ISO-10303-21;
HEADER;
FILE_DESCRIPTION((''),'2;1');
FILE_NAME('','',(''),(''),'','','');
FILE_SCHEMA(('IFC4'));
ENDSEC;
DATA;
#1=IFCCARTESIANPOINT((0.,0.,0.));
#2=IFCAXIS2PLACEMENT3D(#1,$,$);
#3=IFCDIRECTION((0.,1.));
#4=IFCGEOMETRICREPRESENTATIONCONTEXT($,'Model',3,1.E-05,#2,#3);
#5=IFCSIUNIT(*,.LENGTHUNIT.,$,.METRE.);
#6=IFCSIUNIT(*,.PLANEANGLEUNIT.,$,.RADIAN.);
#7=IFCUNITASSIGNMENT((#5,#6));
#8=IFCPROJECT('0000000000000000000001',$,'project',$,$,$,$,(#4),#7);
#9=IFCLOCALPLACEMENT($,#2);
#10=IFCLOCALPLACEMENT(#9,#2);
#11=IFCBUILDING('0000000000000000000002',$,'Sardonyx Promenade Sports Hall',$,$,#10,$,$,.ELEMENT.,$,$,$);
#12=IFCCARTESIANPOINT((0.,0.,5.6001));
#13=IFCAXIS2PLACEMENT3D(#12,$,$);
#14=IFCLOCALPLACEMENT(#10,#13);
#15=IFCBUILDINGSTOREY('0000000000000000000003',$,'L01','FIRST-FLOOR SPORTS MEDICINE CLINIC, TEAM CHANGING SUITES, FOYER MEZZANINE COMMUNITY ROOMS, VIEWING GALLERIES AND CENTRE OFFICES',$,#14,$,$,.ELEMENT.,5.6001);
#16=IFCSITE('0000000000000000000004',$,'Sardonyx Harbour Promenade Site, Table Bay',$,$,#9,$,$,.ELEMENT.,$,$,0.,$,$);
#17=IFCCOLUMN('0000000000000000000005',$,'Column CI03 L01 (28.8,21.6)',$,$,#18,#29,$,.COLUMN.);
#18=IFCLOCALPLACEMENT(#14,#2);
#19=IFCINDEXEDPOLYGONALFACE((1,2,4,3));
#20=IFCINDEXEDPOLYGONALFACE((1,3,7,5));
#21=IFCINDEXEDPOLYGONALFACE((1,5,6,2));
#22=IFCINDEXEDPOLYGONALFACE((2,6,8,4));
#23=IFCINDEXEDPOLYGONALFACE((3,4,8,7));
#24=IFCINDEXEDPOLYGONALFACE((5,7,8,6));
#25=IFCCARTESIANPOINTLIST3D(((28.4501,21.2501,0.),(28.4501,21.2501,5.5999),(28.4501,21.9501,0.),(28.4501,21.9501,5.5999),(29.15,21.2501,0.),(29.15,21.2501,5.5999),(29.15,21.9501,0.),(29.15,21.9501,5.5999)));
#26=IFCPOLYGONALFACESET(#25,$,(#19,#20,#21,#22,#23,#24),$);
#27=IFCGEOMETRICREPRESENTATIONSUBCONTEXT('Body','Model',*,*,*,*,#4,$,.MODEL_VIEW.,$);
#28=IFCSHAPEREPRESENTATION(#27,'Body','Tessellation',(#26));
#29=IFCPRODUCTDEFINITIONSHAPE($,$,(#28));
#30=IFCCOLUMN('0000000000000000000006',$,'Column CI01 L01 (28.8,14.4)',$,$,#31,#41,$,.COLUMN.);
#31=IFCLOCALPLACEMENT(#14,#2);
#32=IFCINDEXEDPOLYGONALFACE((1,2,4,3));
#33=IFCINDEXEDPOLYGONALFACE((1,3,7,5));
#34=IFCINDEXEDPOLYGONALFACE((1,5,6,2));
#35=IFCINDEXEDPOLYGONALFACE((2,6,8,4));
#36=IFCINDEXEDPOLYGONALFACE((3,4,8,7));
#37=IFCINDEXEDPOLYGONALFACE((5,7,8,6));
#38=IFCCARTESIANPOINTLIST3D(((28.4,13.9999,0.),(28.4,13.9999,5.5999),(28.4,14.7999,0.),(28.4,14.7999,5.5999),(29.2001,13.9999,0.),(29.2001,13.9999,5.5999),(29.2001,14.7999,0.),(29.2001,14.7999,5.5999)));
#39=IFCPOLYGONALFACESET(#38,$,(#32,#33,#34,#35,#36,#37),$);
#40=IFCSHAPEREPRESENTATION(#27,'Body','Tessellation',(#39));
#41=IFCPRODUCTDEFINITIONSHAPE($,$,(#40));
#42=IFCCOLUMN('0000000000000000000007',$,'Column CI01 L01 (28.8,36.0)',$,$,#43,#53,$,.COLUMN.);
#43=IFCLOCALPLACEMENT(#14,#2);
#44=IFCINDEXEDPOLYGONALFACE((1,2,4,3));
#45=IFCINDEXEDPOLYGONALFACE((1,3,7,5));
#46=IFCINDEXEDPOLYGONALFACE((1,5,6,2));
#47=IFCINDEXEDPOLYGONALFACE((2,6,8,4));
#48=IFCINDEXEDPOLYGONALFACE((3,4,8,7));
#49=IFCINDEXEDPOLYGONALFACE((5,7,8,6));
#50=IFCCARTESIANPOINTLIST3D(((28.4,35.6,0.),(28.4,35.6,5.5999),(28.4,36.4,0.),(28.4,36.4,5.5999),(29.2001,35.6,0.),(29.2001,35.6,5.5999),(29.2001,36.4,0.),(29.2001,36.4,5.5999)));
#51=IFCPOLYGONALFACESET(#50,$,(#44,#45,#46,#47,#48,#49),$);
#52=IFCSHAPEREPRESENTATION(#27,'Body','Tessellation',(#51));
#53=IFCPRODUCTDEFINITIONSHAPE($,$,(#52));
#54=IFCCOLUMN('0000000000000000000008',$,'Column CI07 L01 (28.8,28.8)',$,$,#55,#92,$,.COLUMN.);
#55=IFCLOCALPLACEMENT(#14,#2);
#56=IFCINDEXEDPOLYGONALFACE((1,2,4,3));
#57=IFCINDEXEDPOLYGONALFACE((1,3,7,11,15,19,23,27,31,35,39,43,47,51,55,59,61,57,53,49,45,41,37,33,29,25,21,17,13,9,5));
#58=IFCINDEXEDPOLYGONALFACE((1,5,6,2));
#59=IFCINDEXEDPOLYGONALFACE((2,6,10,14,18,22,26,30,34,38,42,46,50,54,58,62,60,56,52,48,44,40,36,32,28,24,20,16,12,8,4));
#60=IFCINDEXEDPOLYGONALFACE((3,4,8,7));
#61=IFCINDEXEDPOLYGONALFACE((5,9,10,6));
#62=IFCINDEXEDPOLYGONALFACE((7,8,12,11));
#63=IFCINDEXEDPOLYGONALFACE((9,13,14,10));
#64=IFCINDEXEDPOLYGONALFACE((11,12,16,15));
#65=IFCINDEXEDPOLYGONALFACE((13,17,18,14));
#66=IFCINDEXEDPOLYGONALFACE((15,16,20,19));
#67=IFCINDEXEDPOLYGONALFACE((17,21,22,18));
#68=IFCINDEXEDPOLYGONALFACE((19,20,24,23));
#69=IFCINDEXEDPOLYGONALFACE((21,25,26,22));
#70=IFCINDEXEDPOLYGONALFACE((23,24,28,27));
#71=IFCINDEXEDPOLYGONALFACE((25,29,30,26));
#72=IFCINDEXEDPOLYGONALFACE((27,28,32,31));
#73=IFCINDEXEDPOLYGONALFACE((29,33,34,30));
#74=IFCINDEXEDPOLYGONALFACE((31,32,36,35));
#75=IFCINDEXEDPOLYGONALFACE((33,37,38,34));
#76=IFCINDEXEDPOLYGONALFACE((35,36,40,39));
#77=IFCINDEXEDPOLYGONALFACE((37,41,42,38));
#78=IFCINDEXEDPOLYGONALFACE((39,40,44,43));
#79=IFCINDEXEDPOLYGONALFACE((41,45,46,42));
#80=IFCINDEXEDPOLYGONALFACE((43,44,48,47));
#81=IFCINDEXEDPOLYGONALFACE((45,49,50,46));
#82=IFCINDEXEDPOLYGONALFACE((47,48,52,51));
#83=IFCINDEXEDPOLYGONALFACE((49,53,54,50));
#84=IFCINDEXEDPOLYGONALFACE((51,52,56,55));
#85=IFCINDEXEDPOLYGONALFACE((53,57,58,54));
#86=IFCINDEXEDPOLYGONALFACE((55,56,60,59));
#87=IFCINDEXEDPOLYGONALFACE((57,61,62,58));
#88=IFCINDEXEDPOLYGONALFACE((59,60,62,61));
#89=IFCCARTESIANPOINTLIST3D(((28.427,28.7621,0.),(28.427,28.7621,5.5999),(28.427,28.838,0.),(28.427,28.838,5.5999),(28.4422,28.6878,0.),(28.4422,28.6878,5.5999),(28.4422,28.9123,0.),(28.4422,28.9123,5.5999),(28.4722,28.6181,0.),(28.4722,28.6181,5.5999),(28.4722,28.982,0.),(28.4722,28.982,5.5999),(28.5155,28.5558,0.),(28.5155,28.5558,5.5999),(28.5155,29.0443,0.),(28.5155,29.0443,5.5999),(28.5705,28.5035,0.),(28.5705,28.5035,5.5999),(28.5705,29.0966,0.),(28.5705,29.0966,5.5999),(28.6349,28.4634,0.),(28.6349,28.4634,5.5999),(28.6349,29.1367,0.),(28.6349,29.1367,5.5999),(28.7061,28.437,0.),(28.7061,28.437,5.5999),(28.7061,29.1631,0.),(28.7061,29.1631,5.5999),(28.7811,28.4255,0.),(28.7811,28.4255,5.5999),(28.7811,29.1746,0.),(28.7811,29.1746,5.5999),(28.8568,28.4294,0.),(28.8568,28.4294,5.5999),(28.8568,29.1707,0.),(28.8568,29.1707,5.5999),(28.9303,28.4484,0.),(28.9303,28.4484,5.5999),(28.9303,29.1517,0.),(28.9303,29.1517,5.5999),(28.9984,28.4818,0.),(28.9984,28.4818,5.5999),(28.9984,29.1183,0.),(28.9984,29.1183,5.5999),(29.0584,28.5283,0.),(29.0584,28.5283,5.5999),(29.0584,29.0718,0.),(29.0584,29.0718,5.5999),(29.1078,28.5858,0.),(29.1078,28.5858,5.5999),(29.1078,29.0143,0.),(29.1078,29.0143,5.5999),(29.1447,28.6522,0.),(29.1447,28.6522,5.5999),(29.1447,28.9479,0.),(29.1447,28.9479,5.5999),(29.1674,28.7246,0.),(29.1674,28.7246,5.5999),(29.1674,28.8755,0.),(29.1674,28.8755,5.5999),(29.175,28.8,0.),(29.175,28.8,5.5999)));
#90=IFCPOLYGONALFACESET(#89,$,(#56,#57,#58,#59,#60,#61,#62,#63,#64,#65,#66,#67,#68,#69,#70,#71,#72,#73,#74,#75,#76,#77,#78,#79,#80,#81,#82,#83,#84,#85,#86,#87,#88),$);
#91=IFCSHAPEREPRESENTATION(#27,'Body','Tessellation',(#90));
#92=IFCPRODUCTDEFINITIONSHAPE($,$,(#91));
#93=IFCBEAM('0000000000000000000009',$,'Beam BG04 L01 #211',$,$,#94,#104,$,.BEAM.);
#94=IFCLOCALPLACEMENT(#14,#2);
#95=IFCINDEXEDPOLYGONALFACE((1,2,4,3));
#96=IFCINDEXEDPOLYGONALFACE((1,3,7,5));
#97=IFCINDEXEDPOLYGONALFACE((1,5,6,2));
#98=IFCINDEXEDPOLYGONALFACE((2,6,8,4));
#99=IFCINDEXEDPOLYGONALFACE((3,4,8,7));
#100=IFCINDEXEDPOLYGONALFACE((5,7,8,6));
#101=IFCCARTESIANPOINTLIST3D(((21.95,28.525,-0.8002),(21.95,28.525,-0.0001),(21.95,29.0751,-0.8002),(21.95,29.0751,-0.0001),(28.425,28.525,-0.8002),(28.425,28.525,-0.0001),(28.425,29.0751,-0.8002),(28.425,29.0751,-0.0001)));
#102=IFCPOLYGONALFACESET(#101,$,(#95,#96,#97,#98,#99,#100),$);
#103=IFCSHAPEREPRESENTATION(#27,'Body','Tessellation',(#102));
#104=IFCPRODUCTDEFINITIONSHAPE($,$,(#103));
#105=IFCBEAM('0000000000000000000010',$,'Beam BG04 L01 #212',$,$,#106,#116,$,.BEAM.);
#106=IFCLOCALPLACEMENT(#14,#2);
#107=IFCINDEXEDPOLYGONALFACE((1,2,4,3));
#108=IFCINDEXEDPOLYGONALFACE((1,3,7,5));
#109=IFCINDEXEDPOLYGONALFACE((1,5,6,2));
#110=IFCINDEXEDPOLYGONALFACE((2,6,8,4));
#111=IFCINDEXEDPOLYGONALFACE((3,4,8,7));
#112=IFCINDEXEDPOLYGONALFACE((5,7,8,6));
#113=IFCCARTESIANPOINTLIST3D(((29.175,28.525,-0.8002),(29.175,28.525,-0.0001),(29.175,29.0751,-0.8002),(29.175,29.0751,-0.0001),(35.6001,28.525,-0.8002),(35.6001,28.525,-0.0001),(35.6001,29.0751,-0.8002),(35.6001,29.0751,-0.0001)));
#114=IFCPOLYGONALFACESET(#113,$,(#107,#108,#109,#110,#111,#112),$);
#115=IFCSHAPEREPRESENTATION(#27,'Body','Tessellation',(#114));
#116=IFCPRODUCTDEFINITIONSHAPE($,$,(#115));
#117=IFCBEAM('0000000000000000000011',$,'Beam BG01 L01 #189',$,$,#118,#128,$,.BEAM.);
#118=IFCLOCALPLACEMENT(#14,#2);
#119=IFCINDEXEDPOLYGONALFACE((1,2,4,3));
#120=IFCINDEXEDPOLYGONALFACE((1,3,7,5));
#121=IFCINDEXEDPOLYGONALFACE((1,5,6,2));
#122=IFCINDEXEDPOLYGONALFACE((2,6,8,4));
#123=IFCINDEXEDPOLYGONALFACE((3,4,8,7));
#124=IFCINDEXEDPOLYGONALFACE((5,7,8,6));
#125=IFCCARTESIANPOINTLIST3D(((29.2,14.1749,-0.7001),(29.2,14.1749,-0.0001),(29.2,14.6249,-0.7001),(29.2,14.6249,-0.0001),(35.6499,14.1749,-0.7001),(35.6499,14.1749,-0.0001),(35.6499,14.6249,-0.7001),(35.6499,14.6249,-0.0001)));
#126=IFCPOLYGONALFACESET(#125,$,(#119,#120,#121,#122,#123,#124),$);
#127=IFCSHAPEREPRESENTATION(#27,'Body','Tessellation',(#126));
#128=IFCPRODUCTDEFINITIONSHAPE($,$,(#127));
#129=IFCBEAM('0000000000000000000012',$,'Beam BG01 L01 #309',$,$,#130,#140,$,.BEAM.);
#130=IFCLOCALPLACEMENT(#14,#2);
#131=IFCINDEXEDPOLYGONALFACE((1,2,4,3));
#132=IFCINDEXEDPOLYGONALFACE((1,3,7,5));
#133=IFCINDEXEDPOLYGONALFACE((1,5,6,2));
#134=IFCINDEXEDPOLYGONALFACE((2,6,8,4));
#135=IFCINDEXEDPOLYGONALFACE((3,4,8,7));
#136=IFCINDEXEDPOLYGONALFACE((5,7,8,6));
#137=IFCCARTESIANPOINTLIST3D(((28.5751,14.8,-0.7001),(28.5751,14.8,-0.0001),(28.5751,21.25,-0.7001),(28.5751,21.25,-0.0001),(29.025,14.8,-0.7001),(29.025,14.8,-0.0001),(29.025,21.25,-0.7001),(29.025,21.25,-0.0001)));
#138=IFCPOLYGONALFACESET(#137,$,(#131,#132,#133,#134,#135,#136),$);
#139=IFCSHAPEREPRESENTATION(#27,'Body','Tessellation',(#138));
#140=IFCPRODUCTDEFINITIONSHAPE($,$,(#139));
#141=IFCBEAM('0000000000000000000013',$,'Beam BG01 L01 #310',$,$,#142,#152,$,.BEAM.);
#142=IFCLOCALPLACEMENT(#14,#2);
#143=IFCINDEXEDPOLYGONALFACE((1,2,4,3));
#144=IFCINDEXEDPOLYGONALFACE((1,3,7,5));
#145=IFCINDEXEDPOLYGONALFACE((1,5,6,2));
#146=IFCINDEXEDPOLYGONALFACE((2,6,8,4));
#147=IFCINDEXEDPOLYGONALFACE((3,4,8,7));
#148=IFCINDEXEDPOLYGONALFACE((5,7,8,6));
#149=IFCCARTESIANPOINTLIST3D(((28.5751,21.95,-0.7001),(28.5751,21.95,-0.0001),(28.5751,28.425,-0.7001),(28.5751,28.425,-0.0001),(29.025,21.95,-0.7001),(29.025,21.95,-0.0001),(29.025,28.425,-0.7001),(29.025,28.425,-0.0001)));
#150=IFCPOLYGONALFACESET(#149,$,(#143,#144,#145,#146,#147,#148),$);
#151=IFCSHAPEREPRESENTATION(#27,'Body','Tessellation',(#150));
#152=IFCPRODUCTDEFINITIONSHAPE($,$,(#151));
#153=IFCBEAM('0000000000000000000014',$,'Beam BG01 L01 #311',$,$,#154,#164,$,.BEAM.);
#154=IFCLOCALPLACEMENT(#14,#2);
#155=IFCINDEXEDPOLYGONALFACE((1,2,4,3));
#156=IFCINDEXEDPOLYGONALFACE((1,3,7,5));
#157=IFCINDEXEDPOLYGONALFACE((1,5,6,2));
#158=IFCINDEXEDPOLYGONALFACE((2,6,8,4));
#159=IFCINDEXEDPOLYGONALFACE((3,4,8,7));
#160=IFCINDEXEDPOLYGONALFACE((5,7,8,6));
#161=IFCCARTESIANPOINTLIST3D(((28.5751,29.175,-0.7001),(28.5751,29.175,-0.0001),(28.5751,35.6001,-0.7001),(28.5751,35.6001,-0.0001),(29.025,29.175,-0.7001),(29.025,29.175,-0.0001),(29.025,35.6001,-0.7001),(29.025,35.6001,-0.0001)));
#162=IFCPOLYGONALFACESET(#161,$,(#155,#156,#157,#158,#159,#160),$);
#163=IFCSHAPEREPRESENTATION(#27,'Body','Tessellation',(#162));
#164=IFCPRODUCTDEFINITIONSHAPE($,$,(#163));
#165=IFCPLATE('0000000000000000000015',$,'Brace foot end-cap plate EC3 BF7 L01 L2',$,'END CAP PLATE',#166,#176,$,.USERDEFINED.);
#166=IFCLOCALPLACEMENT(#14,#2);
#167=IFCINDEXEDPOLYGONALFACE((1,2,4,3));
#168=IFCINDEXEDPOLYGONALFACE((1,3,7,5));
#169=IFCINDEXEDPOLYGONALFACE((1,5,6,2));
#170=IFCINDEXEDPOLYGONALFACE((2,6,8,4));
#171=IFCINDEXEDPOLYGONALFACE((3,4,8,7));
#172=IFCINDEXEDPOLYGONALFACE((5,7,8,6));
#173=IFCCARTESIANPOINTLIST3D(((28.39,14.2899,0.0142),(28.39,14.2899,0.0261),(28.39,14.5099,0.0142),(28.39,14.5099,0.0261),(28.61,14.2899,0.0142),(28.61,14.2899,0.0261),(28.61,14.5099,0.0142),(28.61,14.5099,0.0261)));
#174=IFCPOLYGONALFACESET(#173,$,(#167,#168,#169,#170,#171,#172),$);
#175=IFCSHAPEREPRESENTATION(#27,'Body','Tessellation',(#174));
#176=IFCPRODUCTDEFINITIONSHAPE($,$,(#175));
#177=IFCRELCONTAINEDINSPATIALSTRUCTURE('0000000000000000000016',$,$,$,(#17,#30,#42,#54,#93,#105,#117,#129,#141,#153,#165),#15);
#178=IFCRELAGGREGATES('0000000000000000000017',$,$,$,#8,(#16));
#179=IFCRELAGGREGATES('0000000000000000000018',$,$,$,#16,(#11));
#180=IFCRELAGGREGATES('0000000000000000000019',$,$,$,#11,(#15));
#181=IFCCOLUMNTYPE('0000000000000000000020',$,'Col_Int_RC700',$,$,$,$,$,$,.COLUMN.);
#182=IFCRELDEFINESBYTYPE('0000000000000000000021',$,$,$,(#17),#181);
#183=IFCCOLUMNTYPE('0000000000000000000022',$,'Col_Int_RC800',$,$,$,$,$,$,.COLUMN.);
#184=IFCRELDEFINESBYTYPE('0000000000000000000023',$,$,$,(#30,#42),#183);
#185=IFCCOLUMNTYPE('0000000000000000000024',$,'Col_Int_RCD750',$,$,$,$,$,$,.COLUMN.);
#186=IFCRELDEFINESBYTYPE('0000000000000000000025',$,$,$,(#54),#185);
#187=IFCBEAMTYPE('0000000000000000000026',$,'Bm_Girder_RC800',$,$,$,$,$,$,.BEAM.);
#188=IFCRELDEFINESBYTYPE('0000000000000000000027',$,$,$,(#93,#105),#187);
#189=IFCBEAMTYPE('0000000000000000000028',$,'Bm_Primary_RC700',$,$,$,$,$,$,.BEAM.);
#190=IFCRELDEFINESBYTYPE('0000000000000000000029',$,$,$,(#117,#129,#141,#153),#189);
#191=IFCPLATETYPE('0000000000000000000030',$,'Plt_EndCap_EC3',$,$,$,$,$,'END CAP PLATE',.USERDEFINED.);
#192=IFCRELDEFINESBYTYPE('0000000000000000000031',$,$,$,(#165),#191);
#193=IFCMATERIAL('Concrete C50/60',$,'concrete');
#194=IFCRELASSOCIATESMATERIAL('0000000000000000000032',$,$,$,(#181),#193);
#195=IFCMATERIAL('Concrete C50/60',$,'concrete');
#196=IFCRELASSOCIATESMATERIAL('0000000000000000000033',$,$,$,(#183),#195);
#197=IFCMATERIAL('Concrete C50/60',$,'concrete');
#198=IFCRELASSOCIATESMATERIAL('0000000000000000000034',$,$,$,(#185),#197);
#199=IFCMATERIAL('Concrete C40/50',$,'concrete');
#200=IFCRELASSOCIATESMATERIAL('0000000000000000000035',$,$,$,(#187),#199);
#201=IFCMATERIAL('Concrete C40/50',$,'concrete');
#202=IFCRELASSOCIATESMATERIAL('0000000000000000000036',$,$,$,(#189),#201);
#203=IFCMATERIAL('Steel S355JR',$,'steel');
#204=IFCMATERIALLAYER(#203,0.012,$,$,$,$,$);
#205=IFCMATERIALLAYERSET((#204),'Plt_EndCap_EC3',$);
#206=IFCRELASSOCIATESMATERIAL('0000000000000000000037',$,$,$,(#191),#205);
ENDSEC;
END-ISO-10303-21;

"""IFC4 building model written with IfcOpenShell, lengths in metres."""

from ifc_helpers import new_model, si_unit, direction, frame, origin, origin_2d, place, context, subcontext, project, spatial, rectangle, circle, extrude, material, layer, layer_set, material_profile, profile_set, type_object, element, save


model = new_model("IFC4")

# Units and contexts
model_context = context("Model", 3, precision=1e-05, world=origin(), true_north=direction((0.0, 1.0)))
body_context = subcontext(model_context, "Body", "Model", "MODEL_VIEW")
ifc_project = project(units=[si_unit("LENGTHUNIT", "METRE"), si_unit("PLANEANGLEUNIT", "RADIAN")], contexts=[model_context])

# Site, building, storey
site_placement = place(None, origin())
site = spatial("IfcSite", under=ifc_project, at=site_placement, Name="Sardonyx Harbour Promenade Site, Table Bay", CompositionType="ELEMENT", RefElevation=0.0)
building_placement = place(site_placement, origin())
building = spatial("IfcBuilding", under=site, at=building_placement, Name="Sardonyx Promenade Sports Hall", CompositionType="ELEMENT")
storey_placement = place(building_placement, frame((0.0, 0.0, 5.6001)))
storey = spatial("IfcBuildingStorey", under=building, at=storey_placement, Name="L01", Description="FIRST-FLOOR SPORTS MEDICINE CLINIC, TEAM CHANGING SUITES, FOYER MEZZANINE COMMUNITY ROOMS, VIEWING GALLERIES AND CENTRE OFFICES", CompositionType="ELEMENT", Elevation=5.6001)

# Columns
ifc_material_1 = material(Name="Concrete C50/60", Category="concrete")
ifc_material_profile_1 = material_profile(ifc_material_1, rectangle(XDim=0.7, YDim=0.7, at=origin_2d()))
ifc_profile_set_1 = profile_set([ifc_material_profile_1], Name="Concrete C50/60")
column_type_1 = type_object("IfcColumnType", Name="Col_Int_RC700", PredefinedType="COLUMN", material=ifc_profile_set_1)
column_1_placement = place(storey_placement, frame((28.8, 21.6001, 0.0), z_axis=(0.0, 0.0, 1.0), x_axis=(1.0, 0.0, 0.0)))
element("IfcColumn", 1, at=column_1_placement, inside=storey, type_object=column_type_1, Name="Column CI03 L01 (28.8,21.6)", PredefinedType="COLUMN", context=body_context, shape_type="SweptSolid", body=[
    extrude(rectangle(XDim=0.7, YDim=0.7, at=origin_2d()), origin(), (0.0, 0.0, 1.0), 5.5999),
])
ifc_material_2 = material(Name="Concrete C50/60", Category="concrete")
ifc_material_profile_2 = material_profile(ifc_material_2, rectangle(XDim=0.8, YDim=0.8, at=origin_2d()))
ifc_profile_set_2 = profile_set([ifc_material_profile_2], Name="Concrete C50/60")
column_type_2 = type_object("IfcColumnType", Name="Col_Int_RC800", PredefinedType="COLUMN", material=ifc_profile_set_2)
for number, where, z_axis, x_axis, name in (
    (2, (28.8, 14.3999, 0.0), (0.0, 0.0, 1.0), (1.0, 0.0, 0.0), "Column CI01 L01 (28.8,14.4)"),
    (3, (28.8, 36.0, 0.0), (0.0, 0.0, 1.0), (1.0, 0.0, 0.0), "Column CI01 L01 (28.8,36.0)"),
):
    element("IfcColumn", number, at=place(storey_placement, frame(where, z_axis=z_axis, x_axis=x_axis)), inside=storey, type_object=column_type_2, Name=name, PredefinedType="COLUMN", context=body_context, shape_type="SweptSolid", body=[
        extrude(rectangle(XDim=0.8, YDim=0.8, at=origin_2d()), origin(), (0.0, 0.0, 1.0), 5.5999),
    ])
ifc_material_3 = material(Name="Concrete C50/60", Category="concrete")
ifc_material_profile_3 = material_profile(ifc_material_3, circle(Radius=0.375, at=origin_2d()))
ifc_profile_set_3 = profile_set([ifc_material_profile_3], Name="Concrete C50/60")
column_type_3 = type_object("IfcColumnType", Name="Col_Int_RCD750", PredefinedType="COLUMN", material=ifc_profile_set_3)
column_2_placement = place(storey_placement, frame((28.8, 28.8, 0.0), z_axis=(0.0, 0.0, 1.0), x_axis=(1.0, 0.0, 0.0)))
element("IfcColumn", 4, at=column_2_placement, inside=storey, type_object=column_type_3, Name="Column CI07 L01 (28.8,28.8)", PredefinedType="COLUMN", context=body_context, shape_type="SweptSolid", body=[
    extrude(circle(Radius=0.375, at=origin_2d()), origin(), (0.0, 0.0, 1.0), 5.5999),
])

# Beams
ifc_material_4 = material(Name="Concrete C40/50", Category="concrete")
ifc_material_profile_4 = material_profile(ifc_material_4, rectangle(XDim=0.55, YDim=0.8, at=origin_2d()))
ifc_profile_set_4 = profile_set([ifc_material_profile_4], Name="Concrete C40/50")
beam_type_1 = type_object("IfcBeamType", Name="Bm_Girder_RC800", PredefinedType="BEAM", material=ifc_profile_set_4)
beam_1_placement = place(storey_placement, frame((21.95, 28.8, -0.4001), z_axis=(1.0, 0.0, 0.0), x_axis=(0.0, 1.0, 0.0)))
element("IfcBeam", 5, at=beam_1_placement, inside=storey, type_object=beam_type_1, Name="Beam BG04 L01 #211", PredefinedType="BEAM", context=body_context, shape_type="SweptSolid", body=[
    extrude(rectangle(XDim=0.55, YDim=0.8, at=origin_2d()), origin(), (0.0, 0.0, 1.0), 6.4751),
])
beam_2_placement = place(storey_placement, frame((29.175, 28.8, -0.4001), z_axis=(1.0, 0.0, 0.0), x_axis=(0.0, 1.0, 0.0)))
element("IfcBeam", 6, at=beam_2_placement, inside=storey, type_object=beam_type_1, Name="Beam BG04 L01 #212", PredefinedType="BEAM", context=body_context, shape_type="SweptSolid", body=[
    extrude(rectangle(XDim=0.55, YDim=0.8, at=origin_2d()), origin(), (0.0, 0.0, 1.0), 6.425),
])
ifc_material_5 = material(Name="Concrete C40/50", Category="concrete")
ifc_material_profile_5 = material_profile(ifc_material_5, rectangle(XDim=0.45, YDim=0.7, at=origin_2d()))
ifc_profile_set_5 = profile_set([ifc_material_profile_5], Name="Concrete C40/50")
beam_type_2 = type_object("IfcBeamType", Name="Bm_Primary_RC700", PredefinedType="BEAM", material=ifc_profile_set_5)
for number, where, z_axis, x_axis, name in (
    (7, (29.2, 14.3999, -0.3501), (1.0, 0.0, 0.0), (0.0, 1.0, 0.0), "Beam BG01 L01 #189"),
    (8, (28.8, 14.8, -0.3501), (0.0, 1.0, 0.0), (-1.0, 0.0, 0.0), "Beam BG01 L01 #309"),
):
    element("IfcBeam", number, at=place(storey_placement, frame(where, z_axis=z_axis, x_axis=x_axis)), inside=storey, type_object=beam_type_2, Name=name, PredefinedType="BEAM", context=body_context, shape_type="SweptSolid", body=[
        extrude(rectangle(XDim=0.45, YDim=0.7, at=origin_2d()), origin(), (0.0, 0.0, 1.0), 6.45),
    ])
beam_3_placement = place(storey_placement, frame((28.8, 21.95, -0.3501), z_axis=(0.0, 1.0, 0.0), x_axis=(-1.0, 0.0, 0.0)))
element("IfcBeam", 9, at=beam_3_placement, inside=storey, type_object=beam_type_2, Name="Beam BG01 L01 #310", PredefinedType="BEAM", context=body_context, shape_type="SweptSolid", body=[
    extrude(rectangle(XDim=0.45, YDim=0.7, at=origin_2d()), origin(), (0.0, 0.0, 1.0), 6.4751),
])
beam_4_placement = place(storey_placement, frame((28.8, 29.175, -0.3501), z_axis=(0.0, 1.0, 0.0), x_axis=(-1.0, 0.0, 0.0)))
element("IfcBeam", 10, at=beam_4_placement, inside=storey, type_object=beam_type_2, Name="Beam BG01 L01 #311", PredefinedType="BEAM", context=body_context, shape_type="SweptSolid", body=[
    extrude(rectangle(XDim=0.45, YDim=0.7, at=origin_2d()), origin(), (0.0, 0.0, 1.0), 6.425),
])

# Plate
ifc_material_6 = material(Name="Steel S355JR", Category="steel")
ifc_layer_1 = layer(ifc_material_6, 0.012)
ifc_layer_set_1 = layer_set([ifc_layer_1], Name="Plt_EndCap_EC3")
plate_type = type_object("IfcPlateType", Name="Plt_EndCap_EC3", ElementType="END CAP PLATE", PredefinedType="USERDEFINED", material=ifc_layer_set_1)
plate_placement = place(storey_placement, frame((28.5, 14.3999, 0.0142), z_axis=(0.0, 0.0, 1.0), x_axis=(1.0, 0.0, 0.0)))
element("IfcPlate", 11, at=plate_placement, inside=storey, type_object=plate_type, Name="Brace foot end-cap plate EC3 BF7 L01 L2", ObjectType="END CAP PLATE", PredefinedType="USERDEFINED", context=body_context, shape_type="SweptSolid", body=[
    extrude(rectangle(XDim=0.22, YDim=0.22, at=origin_2d()), origin(), (0.0, 0.0, 1.0), 0.012),
])

save(model, "model.ifc")
